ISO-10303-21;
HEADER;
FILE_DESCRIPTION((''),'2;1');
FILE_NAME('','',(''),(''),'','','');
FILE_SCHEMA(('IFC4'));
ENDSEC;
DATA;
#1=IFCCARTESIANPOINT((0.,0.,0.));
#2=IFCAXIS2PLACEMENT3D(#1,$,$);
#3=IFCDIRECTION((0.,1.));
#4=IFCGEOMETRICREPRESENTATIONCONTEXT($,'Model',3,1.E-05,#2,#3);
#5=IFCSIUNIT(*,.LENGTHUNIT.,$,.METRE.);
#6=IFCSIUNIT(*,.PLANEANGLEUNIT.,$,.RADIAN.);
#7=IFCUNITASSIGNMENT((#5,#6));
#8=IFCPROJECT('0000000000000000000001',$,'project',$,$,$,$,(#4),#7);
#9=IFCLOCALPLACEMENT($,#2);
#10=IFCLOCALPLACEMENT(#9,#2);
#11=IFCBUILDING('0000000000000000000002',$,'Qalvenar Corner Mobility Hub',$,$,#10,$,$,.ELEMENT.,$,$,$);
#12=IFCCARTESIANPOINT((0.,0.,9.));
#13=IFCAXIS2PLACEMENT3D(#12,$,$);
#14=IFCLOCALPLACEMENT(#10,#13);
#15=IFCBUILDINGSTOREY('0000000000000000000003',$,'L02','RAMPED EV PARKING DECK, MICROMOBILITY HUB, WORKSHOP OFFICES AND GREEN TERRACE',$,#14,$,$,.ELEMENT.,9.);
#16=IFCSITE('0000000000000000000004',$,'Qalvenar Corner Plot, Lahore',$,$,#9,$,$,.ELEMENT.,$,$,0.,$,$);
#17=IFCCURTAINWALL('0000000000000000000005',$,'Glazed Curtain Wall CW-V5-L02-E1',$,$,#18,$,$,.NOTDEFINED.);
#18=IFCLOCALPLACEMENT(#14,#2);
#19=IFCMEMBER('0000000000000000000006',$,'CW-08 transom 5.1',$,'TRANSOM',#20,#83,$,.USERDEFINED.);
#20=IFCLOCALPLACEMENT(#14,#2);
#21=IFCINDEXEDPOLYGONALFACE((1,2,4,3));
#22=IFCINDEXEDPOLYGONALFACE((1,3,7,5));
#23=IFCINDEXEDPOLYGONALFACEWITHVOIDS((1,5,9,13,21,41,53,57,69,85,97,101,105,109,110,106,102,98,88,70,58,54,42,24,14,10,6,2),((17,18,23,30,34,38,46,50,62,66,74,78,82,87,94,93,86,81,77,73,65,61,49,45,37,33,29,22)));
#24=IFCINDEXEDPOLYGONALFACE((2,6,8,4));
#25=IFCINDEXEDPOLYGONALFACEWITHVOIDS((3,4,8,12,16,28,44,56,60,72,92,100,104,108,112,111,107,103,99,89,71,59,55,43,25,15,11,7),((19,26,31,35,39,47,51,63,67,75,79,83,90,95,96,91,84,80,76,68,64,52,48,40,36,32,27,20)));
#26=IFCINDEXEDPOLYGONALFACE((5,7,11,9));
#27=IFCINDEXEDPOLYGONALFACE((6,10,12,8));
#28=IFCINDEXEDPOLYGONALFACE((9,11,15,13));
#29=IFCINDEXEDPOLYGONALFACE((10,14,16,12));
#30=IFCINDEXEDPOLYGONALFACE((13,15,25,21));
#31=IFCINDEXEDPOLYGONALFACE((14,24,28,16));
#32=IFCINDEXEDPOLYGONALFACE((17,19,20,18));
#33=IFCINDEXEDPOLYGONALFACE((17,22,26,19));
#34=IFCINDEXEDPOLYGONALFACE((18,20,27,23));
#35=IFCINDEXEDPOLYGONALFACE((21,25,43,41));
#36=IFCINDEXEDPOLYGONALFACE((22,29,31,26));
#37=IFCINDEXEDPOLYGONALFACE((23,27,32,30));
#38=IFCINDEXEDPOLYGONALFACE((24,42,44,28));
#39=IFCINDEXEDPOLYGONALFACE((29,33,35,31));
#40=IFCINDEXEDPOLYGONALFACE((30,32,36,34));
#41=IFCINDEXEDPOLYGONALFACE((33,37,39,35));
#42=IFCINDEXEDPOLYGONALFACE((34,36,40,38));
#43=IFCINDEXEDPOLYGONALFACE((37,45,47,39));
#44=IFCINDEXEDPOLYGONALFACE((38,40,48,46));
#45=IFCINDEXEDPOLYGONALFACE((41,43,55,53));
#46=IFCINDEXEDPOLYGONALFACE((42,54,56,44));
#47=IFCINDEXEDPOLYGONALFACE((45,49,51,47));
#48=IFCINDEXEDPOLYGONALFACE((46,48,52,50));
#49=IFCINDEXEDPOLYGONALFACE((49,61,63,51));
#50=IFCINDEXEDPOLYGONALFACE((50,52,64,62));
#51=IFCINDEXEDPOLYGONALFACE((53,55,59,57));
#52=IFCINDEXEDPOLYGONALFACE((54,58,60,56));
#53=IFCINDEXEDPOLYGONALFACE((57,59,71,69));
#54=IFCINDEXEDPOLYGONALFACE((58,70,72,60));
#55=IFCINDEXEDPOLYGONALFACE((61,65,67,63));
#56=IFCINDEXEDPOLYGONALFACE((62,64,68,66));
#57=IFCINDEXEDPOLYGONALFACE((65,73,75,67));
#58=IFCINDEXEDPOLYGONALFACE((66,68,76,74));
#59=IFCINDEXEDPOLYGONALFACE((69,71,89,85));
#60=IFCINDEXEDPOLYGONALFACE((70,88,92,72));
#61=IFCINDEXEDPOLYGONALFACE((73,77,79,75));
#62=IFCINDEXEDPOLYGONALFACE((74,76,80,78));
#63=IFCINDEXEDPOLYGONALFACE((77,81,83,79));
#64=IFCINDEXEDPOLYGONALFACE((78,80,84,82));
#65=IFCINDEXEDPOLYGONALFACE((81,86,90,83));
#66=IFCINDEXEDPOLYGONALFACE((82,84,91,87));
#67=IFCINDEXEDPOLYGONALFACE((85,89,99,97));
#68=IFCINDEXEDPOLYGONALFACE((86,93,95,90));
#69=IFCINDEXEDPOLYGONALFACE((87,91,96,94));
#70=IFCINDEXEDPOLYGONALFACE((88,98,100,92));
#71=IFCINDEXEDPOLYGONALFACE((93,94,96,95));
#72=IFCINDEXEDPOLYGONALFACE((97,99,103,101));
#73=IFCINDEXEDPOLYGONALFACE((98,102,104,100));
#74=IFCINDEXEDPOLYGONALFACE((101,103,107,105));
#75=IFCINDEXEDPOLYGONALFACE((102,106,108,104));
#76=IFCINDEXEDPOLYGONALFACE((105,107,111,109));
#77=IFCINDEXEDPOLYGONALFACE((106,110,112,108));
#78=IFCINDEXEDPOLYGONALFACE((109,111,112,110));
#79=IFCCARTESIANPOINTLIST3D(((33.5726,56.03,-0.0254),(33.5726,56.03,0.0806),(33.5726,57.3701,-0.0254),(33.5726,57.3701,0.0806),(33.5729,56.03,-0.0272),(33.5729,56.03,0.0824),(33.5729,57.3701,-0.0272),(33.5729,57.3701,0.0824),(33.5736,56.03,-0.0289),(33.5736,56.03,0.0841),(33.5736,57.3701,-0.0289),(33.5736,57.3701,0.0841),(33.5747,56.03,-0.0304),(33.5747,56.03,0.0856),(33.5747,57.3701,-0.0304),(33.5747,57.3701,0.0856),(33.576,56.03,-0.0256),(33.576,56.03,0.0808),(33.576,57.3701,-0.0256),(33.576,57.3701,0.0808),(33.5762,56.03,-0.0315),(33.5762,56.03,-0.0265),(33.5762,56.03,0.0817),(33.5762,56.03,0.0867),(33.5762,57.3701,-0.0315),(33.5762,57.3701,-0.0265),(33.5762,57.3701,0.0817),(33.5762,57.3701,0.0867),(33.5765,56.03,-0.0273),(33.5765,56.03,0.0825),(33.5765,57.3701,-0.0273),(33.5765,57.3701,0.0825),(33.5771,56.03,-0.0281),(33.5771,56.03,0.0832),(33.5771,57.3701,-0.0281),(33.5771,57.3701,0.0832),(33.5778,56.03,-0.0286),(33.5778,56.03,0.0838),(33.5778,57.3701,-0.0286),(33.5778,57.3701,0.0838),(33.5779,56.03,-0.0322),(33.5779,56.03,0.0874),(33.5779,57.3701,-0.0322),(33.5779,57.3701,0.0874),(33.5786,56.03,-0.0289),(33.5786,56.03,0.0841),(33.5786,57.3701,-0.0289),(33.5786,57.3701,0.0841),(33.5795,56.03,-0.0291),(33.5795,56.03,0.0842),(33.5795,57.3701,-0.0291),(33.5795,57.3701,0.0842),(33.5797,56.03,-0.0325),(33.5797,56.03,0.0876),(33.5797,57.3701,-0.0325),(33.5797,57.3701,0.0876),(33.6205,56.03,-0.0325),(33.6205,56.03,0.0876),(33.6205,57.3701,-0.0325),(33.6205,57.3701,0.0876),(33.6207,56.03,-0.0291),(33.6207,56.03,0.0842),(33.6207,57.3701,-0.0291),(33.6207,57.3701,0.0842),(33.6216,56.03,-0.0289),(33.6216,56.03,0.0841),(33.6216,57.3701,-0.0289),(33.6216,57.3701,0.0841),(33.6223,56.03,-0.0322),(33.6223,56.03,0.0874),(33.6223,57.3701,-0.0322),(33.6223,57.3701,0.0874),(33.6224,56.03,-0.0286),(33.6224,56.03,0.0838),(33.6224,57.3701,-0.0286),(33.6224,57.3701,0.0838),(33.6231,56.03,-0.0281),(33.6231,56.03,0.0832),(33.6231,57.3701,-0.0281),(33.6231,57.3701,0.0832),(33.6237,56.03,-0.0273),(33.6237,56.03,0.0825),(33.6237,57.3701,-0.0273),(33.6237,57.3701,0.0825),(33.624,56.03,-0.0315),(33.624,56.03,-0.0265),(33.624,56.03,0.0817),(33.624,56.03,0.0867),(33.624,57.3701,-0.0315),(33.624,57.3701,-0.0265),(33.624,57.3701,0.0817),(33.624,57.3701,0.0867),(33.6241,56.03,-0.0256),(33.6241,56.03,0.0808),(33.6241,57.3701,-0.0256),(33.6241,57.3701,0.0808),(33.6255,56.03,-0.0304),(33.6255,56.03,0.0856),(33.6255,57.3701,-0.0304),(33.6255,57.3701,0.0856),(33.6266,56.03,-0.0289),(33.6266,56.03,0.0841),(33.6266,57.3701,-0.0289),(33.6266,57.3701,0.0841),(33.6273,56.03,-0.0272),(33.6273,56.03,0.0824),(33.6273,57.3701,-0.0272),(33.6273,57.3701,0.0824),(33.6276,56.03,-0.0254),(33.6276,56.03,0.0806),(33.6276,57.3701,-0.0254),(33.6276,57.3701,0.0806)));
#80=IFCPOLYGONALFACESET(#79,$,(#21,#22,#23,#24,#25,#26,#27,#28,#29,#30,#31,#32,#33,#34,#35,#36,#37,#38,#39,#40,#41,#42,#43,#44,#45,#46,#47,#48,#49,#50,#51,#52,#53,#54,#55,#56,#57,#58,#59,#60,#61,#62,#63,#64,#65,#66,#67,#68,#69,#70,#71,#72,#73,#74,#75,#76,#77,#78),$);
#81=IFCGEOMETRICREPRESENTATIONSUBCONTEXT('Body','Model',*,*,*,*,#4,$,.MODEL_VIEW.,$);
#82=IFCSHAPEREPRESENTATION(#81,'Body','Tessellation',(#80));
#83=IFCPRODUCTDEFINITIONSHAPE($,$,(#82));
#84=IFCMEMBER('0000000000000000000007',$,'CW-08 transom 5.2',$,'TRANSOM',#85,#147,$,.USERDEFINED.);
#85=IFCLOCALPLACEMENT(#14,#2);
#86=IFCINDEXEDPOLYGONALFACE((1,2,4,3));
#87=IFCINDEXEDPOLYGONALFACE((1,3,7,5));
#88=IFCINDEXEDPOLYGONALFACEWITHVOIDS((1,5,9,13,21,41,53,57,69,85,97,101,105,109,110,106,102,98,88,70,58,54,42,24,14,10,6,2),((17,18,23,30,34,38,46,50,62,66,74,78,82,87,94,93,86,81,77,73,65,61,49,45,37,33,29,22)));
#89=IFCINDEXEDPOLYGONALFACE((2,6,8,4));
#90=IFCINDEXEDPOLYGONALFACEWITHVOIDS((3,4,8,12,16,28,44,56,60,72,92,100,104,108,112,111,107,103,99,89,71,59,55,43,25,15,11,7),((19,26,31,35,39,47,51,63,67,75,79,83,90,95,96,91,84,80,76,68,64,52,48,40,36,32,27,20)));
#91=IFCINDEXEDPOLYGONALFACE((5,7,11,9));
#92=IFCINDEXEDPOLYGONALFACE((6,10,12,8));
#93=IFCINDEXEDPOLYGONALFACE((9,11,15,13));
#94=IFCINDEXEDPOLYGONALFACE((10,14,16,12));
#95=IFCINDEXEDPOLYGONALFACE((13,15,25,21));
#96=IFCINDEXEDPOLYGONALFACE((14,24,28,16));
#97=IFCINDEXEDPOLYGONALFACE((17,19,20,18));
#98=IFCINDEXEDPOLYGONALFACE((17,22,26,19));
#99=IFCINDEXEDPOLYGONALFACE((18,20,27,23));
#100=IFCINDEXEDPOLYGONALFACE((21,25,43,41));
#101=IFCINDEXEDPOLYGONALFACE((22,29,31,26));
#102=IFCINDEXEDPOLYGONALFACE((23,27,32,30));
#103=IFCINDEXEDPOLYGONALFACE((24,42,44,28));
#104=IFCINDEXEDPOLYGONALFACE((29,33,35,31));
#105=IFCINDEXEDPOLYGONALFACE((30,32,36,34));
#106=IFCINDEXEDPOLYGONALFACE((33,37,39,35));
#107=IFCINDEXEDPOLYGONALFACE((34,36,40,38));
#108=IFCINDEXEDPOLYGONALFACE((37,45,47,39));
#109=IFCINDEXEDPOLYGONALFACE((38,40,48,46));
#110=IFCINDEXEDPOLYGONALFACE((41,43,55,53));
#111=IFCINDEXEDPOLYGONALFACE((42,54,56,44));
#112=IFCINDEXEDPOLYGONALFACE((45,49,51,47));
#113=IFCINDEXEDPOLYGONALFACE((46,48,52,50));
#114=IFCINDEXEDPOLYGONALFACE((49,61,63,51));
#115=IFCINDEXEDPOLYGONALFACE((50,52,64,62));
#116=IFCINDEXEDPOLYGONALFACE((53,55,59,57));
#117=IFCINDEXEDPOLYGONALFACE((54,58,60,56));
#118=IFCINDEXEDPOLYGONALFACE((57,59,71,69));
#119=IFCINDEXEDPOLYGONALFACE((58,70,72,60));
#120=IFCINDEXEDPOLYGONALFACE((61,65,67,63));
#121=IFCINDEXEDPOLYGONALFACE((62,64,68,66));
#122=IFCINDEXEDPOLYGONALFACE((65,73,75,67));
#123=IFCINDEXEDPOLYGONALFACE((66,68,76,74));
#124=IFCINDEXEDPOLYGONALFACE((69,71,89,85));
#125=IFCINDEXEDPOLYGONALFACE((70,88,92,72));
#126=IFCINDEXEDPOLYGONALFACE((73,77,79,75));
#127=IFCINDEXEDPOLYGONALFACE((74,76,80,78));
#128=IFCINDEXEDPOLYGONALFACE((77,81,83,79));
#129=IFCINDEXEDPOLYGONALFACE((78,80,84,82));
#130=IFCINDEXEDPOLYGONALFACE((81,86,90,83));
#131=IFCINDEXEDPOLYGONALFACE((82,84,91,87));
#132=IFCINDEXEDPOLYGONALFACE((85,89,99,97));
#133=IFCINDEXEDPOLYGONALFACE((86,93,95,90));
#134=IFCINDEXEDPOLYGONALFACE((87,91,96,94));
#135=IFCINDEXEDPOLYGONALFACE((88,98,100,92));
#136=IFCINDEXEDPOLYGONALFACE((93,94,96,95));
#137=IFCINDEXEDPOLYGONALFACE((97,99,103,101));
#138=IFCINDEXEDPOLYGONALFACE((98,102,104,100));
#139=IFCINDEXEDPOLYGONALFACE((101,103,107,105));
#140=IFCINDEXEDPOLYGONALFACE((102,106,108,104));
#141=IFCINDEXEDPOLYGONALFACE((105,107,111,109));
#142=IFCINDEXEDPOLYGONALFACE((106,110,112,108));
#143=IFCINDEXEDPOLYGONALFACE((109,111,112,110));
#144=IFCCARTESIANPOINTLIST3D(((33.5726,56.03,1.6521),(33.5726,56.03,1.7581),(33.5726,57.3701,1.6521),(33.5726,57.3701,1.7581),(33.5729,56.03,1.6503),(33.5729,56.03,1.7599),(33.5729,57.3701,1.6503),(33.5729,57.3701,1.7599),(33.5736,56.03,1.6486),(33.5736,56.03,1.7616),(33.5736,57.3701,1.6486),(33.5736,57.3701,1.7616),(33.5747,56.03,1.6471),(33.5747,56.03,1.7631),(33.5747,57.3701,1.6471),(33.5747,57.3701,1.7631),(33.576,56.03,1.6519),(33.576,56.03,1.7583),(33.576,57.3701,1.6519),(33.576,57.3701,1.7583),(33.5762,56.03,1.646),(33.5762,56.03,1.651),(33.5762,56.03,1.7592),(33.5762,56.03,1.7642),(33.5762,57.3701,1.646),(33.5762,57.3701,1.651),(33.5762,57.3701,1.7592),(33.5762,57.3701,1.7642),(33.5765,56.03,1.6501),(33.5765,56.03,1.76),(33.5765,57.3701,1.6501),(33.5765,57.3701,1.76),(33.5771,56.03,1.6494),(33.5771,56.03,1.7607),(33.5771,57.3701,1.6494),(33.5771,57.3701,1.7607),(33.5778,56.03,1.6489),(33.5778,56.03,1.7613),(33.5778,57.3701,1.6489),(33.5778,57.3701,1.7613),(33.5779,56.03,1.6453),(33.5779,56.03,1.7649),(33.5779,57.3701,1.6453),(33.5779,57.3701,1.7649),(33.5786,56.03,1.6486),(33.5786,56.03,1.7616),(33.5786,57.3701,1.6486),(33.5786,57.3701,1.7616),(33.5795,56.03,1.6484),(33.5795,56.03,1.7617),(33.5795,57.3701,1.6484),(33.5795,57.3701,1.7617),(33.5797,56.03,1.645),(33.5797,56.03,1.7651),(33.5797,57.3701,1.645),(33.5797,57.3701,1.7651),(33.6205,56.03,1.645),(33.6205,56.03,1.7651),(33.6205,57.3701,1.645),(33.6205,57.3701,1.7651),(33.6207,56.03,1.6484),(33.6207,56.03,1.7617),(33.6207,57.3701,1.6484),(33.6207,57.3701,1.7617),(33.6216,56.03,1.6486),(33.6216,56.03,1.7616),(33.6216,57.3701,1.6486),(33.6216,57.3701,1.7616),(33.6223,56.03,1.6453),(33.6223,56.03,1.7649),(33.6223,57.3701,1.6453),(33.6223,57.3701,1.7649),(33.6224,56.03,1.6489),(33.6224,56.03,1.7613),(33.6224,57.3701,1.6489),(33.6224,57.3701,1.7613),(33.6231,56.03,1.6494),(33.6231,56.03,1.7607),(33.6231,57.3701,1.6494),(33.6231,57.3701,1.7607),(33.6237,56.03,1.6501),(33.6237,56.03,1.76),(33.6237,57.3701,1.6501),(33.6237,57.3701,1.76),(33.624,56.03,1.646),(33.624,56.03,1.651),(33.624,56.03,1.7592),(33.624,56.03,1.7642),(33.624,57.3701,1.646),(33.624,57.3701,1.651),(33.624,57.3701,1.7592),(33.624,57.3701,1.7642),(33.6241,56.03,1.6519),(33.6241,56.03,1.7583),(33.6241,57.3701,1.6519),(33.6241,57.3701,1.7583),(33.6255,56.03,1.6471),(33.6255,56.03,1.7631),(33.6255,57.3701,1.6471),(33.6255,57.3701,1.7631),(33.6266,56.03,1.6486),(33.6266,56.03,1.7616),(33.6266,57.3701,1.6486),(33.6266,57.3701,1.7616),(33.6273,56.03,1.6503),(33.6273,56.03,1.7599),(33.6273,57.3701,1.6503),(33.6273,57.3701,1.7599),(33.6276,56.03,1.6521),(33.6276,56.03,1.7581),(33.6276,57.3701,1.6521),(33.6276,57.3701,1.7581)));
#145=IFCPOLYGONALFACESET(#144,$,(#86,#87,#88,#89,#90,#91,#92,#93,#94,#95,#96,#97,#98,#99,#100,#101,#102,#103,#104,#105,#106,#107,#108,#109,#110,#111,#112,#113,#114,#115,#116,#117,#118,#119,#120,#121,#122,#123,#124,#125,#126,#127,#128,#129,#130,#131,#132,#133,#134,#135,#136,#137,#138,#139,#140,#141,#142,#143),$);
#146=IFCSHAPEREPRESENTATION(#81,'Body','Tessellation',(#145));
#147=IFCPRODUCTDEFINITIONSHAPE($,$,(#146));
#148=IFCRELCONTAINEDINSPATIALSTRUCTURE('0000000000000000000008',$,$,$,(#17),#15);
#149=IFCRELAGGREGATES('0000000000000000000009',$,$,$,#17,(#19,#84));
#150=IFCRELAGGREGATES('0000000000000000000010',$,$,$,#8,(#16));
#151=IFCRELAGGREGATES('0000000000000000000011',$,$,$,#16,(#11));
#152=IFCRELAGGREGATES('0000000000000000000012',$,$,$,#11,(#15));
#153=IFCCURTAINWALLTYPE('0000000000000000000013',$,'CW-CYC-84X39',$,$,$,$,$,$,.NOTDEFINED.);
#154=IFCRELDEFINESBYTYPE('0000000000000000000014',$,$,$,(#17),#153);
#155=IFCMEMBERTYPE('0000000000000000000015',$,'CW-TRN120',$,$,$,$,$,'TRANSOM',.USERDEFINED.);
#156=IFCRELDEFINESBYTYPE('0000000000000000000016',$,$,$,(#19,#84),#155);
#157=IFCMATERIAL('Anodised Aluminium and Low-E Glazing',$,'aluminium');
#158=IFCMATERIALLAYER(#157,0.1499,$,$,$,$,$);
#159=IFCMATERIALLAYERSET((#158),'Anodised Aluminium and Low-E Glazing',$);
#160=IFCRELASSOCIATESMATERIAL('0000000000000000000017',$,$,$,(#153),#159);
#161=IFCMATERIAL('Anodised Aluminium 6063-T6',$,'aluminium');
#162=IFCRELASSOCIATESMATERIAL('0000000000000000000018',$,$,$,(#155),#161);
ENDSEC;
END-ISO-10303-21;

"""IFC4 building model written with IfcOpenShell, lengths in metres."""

from ifc_helpers import new_model, si_unit, direction, frame, origin, origin_2d, place, context, subcontext, project, spatial, hollow_rectangle, extrude, material, layer, layer_set, material_profile, profile_set, type_object, element, aggregate, save


model = new_model("IFC4")

# Units and contexts
model_context = context("Model", 3, precision=1e-05, world=origin(), true_north=direction((0.0, 1.0)))
body_context = subcontext(model_context, "Body", "Model", "MODEL_VIEW")
ifc_project = project(units=[si_unit("LENGTHUNIT", "METRE"), si_unit("PLANEANGLEUNIT", "RADIAN")], contexts=[model_context])

# Site, building, storey
site_placement = place(None, origin())
site = spatial("IfcSite", under=ifc_project, at=site_placement, Name="Qalvenar Corner Plot, Lahore", CompositionType="ELEMENT", RefElevation=0.0)
building_placement = place(site_placement, origin())
building = spatial("IfcBuilding", under=site, at=building_placement, Name="Qalvenar Corner Mobility Hub", CompositionType="ELEMENT")
storey_placement = place(building_placement, frame((0.0, 0.0, 9.0)))
storey = spatial("IfcBuildingStorey", under=building, at=storey_placement, Name="L02", Description="RAMPED EV PARKING DECK, MICROMOBILITY HUB, WORKSHOP OFFICES AND GREEN TERRACE", CompositionType="ELEMENT", Elevation=9.0)

# Curtain wall
ifc_material_1 = material(Name="Anodised Aluminium and Low-E Glazing", Category="aluminium")
ifc_layer_1 = layer(ifc_material_1, 0.1499)
ifc_layer_set_1 = layer_set([ifc_layer_1], Name="Anodised Aluminium and Low-E Glazing")
curtain_wall_type_1 = type_object("IfcCurtainWallType", Name="CW-CYC-84X39", PredefinedType="NOTDEFINED", material=ifc_layer_set_1)
curtain_wall_1_placement = place(storey_placement, origin())
curtain_wall_1 = element("IfcCurtainWall", 1, at=curtain_wall_1_placement, inside=storey, type_object=curtain_wall_type_1, Name="Glazed Curtain Wall CW-V5-L02-E1", PredefinedType="NOTDEFINED")
ifc_material_2 = material(Name="Anodised Aluminium 6063-T6", Category="aluminium")

# Members
ifc_material_profile_1 = material_profile(ifc_material_2, hollow_rectangle(XDim=0.0549, YDim=0.1201, WallThickness=0.0034, InnerFilletRadius=0.0034, OuterFilletRadius=0.0071, at=origin_2d()), Name="RHS120x55x3.5")
ifc_profile_set_1 = profile_set([ifc_material_profile_1], Name="Anodised Aluminium 6063-T6")
member_type_1 = type_object("IfcMemberType", Name="CW-TRN120", ElementType="TRANSOM", PredefinedType="USERDEFINED", material=ifc_profile_set_1)
member_1_placement = place(storey_placement, frame((33.6001, 56.03, 0.0276), z_axis=(0.0, 1.0, 0.0), x_axis=(-1.0, 0.0, 0.0)))
member_1 = element("IfcMember", 2, at=member_1_placement, type_object=member_type_1, Name="CW-08 transom 5.1", ObjectType="TRANSOM", PredefinedType="USERDEFINED", context=body_context, shape_type="SweptSolid", body=[
    extrude(hollow_rectangle(XDim=0.0549, YDim=0.1201, WallThickness=0.0034, InnerFilletRadius=0.0034, OuterFilletRadius=0.0071, at=origin_2d()), origin(), (0.0, 0.0, 1.0), 1.3401),
])
member_2_placement = place(storey_placement, frame((33.6001, 56.03, 1.7051), z_axis=(0.0, 1.0, 0.0), x_axis=(-1.0, 0.0, 0.0)))
member_2 = element("IfcMember", 3, at=member_2_placement, type_object=member_type_1, Name="CW-08 transom 5.2", ObjectType="TRANSOM", PredefinedType="USERDEFINED", context=body_context, shape_type="SweptSolid", body=[
    extrude(hollow_rectangle(XDim=0.0549, YDim=0.1201, WallThickness=0.0034, InnerFilletRadius=0.0034, OuterFilletRadius=0.0071, at=origin_2d()), origin(), (0.0, 0.0, 1.0), 1.3401),
])

aggregate(curtain_wall_1, [member_1, member_2])

save(model, "model.ifc")
